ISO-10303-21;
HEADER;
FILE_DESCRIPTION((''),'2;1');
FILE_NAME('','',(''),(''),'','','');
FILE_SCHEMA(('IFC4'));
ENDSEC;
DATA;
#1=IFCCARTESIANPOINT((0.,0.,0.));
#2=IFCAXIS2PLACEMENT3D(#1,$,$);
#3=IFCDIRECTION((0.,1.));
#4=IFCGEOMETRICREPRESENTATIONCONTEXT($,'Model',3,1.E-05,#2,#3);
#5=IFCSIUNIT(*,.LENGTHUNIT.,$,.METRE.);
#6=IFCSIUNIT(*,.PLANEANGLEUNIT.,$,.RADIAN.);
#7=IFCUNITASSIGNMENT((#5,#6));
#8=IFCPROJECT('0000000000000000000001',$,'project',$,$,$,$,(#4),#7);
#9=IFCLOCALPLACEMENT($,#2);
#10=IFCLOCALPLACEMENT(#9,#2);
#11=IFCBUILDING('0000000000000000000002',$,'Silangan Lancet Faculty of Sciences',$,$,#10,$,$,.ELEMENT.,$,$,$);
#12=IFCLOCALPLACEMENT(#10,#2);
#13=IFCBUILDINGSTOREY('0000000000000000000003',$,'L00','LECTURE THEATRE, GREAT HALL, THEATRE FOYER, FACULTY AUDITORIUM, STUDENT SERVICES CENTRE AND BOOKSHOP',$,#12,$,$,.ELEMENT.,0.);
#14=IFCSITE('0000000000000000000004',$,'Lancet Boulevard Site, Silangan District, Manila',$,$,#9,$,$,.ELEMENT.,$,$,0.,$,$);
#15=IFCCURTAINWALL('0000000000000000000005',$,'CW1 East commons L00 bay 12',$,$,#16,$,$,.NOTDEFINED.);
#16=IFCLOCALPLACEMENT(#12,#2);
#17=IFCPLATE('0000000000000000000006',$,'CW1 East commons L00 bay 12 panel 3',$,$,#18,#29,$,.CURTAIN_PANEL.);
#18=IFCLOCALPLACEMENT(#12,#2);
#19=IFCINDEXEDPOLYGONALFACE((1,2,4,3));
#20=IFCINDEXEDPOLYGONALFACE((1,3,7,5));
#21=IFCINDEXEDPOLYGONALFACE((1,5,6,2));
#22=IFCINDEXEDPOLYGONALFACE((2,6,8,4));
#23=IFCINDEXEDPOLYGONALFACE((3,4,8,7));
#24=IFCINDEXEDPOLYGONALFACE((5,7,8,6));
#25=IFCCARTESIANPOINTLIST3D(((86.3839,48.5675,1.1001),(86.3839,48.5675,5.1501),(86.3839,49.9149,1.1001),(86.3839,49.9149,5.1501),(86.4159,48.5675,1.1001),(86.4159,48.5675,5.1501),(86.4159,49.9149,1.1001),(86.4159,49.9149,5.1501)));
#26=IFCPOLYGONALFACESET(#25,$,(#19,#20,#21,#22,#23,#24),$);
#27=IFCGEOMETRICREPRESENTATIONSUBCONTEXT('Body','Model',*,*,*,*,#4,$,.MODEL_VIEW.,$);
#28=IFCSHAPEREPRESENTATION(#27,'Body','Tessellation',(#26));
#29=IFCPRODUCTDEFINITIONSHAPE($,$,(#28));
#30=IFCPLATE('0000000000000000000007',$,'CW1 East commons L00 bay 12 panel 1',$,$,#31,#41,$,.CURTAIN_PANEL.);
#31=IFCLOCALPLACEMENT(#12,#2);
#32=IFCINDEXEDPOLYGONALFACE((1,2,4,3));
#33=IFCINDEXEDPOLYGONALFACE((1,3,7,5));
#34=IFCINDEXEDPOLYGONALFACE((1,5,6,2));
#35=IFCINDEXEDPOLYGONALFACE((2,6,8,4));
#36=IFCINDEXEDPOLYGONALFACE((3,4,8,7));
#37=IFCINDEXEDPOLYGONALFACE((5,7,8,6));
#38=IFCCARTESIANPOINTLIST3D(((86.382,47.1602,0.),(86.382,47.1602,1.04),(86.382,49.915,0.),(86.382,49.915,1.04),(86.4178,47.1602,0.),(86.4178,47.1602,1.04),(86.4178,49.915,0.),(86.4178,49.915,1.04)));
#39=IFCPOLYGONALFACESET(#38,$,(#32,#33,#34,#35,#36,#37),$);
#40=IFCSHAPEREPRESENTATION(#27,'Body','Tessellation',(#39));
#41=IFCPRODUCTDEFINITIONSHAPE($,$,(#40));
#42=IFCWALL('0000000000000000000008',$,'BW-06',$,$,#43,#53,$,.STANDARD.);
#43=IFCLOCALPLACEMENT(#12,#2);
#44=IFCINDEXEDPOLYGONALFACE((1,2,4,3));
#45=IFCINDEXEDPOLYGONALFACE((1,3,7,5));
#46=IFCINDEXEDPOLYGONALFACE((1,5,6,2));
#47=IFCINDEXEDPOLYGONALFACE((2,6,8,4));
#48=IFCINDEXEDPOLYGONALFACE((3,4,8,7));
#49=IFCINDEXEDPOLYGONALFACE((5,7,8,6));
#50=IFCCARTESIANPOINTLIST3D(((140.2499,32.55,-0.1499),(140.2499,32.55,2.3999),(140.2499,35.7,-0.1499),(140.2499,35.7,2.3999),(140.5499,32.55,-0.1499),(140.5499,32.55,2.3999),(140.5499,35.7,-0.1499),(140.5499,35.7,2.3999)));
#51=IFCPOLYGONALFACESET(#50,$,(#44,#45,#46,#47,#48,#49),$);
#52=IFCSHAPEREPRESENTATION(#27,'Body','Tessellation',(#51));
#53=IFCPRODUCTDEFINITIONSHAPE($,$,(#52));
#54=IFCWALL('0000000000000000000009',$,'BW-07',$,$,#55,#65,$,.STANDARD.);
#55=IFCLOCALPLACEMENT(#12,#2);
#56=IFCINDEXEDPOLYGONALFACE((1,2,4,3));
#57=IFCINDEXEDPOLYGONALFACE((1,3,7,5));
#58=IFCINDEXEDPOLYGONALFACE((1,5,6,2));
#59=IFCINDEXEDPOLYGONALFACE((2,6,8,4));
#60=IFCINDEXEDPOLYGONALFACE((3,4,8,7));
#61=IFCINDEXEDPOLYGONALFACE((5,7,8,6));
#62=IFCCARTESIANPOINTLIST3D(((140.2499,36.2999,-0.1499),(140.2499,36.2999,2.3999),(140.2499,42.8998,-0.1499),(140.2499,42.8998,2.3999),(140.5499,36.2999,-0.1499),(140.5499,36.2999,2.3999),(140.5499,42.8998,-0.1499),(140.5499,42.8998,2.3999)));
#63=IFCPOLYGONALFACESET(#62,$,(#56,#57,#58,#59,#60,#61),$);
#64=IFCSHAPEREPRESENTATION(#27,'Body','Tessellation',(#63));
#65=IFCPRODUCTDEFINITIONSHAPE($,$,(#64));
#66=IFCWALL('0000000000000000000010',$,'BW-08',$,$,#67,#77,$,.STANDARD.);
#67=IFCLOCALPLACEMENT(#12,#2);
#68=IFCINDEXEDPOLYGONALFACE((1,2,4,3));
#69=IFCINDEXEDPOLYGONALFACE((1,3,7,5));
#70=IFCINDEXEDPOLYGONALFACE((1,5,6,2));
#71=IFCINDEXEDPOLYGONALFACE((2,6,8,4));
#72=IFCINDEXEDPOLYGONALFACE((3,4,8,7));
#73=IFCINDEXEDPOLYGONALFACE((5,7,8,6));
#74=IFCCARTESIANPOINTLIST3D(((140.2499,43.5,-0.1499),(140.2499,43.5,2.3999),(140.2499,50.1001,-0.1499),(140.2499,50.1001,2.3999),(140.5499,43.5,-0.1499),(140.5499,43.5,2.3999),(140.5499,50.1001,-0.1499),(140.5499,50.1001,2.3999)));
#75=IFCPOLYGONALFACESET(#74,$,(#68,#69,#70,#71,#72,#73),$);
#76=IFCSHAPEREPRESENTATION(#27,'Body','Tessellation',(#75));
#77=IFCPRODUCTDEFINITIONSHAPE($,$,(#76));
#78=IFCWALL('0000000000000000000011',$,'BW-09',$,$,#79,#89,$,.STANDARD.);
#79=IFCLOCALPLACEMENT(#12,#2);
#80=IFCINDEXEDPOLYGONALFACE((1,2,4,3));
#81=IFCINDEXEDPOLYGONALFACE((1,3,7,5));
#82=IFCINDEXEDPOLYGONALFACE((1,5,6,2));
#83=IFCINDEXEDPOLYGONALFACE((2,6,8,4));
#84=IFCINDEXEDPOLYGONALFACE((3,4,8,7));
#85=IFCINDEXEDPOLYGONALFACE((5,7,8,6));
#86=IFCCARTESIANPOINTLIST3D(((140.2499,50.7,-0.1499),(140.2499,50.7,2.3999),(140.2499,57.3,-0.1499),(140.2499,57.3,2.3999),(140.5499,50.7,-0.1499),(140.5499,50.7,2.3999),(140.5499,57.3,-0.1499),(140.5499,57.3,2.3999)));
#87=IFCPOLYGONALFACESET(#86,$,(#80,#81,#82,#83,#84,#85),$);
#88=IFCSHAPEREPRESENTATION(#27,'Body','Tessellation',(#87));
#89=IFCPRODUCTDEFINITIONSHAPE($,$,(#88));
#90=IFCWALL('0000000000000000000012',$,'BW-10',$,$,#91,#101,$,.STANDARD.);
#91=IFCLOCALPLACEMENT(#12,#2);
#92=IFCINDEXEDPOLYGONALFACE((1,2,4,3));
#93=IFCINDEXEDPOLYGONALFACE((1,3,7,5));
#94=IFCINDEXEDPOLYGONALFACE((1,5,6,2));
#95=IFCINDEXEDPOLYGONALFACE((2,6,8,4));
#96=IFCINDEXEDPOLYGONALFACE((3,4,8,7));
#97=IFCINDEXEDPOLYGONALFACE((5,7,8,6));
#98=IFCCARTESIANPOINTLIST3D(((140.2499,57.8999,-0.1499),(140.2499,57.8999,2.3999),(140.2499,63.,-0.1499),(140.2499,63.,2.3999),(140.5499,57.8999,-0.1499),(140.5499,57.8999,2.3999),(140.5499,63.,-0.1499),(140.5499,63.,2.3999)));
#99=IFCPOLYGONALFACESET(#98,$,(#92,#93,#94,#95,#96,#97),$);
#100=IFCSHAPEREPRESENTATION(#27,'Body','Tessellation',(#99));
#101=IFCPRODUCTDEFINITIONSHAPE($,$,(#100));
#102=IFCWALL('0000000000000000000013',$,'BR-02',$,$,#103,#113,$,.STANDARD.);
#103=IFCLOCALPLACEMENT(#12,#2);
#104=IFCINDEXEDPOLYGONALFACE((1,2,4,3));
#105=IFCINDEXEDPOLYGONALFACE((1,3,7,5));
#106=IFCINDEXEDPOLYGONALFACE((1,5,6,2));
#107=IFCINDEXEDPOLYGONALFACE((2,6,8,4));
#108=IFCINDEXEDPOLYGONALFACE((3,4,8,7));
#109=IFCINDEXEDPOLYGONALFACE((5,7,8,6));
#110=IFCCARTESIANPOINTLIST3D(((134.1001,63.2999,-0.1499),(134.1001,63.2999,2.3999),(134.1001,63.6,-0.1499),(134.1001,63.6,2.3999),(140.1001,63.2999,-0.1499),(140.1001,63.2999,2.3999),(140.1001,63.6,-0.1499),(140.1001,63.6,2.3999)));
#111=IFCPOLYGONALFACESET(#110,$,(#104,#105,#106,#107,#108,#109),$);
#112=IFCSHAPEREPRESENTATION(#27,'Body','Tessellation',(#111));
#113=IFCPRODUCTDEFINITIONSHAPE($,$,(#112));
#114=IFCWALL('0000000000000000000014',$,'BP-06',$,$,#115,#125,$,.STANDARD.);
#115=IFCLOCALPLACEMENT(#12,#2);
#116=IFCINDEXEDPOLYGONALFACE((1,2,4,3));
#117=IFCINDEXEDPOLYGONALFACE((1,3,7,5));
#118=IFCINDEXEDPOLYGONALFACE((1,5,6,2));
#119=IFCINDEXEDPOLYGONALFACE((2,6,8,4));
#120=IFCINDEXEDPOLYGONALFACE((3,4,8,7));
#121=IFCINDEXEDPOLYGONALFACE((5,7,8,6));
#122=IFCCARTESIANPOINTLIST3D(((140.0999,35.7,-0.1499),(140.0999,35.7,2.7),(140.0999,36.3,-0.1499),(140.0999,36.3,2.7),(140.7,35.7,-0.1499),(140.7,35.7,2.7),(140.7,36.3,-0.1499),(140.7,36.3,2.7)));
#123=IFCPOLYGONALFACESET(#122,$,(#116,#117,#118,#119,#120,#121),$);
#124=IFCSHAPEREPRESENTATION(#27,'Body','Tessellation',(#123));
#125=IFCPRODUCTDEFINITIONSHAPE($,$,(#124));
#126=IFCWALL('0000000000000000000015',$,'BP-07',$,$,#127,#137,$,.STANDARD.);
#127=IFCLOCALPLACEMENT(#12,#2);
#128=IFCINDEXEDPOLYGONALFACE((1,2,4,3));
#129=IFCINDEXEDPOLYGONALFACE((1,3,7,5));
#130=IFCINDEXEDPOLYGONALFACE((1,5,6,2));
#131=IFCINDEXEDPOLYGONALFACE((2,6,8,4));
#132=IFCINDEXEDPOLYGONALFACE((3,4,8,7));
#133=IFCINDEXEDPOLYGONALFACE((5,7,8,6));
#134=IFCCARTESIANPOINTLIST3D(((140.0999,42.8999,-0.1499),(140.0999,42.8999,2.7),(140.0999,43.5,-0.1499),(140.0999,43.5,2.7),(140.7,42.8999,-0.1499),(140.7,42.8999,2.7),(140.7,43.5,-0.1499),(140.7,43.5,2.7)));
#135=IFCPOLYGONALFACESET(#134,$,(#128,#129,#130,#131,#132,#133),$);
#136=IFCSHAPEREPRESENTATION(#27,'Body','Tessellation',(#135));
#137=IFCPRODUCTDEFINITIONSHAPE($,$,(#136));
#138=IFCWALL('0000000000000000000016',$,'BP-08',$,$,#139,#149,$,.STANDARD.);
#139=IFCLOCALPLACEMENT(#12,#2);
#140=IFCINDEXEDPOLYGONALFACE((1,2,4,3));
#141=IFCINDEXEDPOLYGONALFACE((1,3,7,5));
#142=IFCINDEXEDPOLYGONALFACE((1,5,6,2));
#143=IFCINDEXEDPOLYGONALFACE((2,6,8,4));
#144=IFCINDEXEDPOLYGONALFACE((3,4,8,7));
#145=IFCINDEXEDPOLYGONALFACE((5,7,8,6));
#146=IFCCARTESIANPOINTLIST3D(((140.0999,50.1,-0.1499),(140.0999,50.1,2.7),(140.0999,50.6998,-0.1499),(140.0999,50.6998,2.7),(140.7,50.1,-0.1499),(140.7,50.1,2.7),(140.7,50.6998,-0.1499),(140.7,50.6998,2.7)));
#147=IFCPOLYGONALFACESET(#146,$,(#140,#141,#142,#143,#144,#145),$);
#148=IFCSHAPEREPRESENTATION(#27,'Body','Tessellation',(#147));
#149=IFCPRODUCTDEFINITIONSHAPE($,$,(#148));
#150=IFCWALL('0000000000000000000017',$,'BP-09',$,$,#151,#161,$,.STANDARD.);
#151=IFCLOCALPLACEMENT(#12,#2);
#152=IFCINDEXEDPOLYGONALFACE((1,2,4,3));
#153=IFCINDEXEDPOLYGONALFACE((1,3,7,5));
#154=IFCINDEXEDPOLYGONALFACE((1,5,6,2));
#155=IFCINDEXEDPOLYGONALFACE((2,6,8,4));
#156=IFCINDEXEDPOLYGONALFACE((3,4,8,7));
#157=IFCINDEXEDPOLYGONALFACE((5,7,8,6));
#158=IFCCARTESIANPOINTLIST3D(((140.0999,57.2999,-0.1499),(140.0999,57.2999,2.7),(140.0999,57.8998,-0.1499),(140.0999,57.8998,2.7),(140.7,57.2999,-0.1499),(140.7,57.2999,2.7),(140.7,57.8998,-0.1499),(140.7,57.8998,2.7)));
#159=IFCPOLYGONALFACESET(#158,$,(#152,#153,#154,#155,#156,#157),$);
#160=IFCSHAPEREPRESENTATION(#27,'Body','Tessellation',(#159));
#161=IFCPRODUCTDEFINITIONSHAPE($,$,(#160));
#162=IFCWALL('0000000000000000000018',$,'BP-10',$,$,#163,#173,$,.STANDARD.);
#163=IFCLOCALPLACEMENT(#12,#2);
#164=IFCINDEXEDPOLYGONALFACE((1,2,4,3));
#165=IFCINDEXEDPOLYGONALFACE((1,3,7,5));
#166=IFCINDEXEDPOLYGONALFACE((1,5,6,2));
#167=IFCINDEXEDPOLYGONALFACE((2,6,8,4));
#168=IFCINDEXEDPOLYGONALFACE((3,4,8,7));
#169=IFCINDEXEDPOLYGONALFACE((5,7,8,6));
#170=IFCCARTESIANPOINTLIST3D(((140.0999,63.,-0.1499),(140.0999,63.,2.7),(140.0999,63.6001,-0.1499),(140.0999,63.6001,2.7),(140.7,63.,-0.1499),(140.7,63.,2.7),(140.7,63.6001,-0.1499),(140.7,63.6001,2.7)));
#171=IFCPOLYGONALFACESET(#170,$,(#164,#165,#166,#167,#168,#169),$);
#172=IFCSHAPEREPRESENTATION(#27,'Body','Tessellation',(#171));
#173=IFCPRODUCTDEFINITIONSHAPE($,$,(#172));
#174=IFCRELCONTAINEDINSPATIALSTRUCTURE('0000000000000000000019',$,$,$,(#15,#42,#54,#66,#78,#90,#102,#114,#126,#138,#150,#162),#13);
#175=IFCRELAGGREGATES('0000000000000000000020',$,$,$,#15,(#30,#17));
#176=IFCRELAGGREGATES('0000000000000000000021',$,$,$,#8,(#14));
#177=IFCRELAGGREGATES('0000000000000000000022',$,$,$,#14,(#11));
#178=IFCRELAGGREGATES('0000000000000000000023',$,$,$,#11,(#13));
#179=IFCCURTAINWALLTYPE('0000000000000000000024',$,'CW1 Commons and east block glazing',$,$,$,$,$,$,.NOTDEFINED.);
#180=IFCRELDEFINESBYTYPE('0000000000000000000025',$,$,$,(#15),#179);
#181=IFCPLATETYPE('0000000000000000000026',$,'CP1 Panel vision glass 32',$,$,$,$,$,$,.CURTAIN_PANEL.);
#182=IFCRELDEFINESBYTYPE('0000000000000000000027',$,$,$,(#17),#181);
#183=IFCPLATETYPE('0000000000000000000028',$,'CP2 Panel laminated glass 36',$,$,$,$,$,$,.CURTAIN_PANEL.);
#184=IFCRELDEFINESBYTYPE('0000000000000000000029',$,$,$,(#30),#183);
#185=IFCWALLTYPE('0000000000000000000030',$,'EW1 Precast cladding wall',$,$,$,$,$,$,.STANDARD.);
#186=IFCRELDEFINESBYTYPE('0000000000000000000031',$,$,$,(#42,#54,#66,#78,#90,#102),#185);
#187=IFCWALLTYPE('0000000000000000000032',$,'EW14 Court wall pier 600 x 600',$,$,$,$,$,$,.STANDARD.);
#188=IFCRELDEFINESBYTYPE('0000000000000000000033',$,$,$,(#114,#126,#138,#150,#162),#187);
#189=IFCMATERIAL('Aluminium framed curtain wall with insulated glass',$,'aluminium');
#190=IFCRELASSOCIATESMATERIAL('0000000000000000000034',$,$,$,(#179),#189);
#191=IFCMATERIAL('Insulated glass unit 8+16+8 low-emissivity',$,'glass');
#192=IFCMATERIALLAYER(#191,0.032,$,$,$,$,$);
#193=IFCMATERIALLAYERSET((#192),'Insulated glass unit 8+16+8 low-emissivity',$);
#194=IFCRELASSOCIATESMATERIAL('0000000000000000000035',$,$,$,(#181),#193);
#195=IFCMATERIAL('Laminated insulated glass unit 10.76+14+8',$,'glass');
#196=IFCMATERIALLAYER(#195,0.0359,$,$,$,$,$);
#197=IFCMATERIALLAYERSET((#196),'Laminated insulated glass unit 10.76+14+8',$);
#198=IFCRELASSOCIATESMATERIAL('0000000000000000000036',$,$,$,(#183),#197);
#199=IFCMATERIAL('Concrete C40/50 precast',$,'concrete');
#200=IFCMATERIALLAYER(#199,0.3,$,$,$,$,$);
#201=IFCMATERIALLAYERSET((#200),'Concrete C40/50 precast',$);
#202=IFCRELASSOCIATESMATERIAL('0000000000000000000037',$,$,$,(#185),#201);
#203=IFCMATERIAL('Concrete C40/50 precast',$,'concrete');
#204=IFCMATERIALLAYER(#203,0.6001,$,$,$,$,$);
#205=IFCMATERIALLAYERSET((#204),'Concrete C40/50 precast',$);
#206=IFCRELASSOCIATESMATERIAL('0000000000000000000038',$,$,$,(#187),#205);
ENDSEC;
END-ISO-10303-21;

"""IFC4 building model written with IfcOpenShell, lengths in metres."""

from ifc_helpers import new_model, si_unit, direction, frame, frame_2d, origin, origin_2d, place, context, subcontext, project, spatial, rectangle, extrude, material, layer, layer_set, type_object, element, aggregate, save


model = new_model("IFC4")

# Units and contexts
model_context = context("Model", 3, precision=1e-05, world=origin(), true_north=direction((0.0, 1.0)))
body_context = subcontext(model_context, "Body", "Model", "MODEL_VIEW")
ifc_project = project(units=[si_unit("LENGTHUNIT", "METRE"), si_unit("PLANEANGLEUNIT", "RADIAN")], contexts=[model_context])

# Site, building, storey
site_placement = place(None, origin())
site = spatial("IfcSite", under=ifc_project, at=site_placement, Name="Lancet Boulevard Site, Silangan District, Manila", CompositionType="ELEMENT", RefElevation=0.0)
building_placement = place(site_placement, origin())
building = spatial("IfcBuilding", under=site, at=building_placement, Name="Silangan Lancet Faculty of Sciences", CompositionType="ELEMENT")
storey_placement = place(building_placement, origin())
storey = spatial("IfcBuildingStorey", under=building, at=storey_placement, Name="L00", Description="LECTURE THEATRE, GREAT HALL, THEATRE FOYER, FACULTY AUDITORIUM, STUDENT SERVICES CENTRE AND BOOKSHOP", CompositionType="ELEMENT", Elevation=0.0)

# Curtain wall, plates
ifc_material_1 = material(Name="Aluminium framed curtain wall with insulated glass", Category="aluminium")
curtain_wall_type = type_object("IfcCurtainWallType", Name="CW1 Commons and east block glazing", PredefinedType="NOTDEFINED", material=ifc_material_1)
curtain_wall_placement = place(storey_placement, origin())
curtain_wall = element("IfcCurtainWall", 1, at=curtain_wall_placement, inside=storey, type_object=curtain_wall_type, Name="CW1 East commons L00 bay 12", PredefinedType="NOTDEFINED")
ifc_material_2 = material(Name="Insulated glass unit 8+16+8 low-emissivity", Category="glass")
ifc_layer_1 = layer(ifc_material_2, 0.032)
ifc_layer_set_1 = layer_set([ifc_layer_1], Name="Insulated glass unit 8+16+8 low-emissivity")
plate_type_1 = type_object("IfcPlateType", Name="CP1 Panel vision glass 32", PredefinedType="CURTAIN_PANEL", material=ifc_layer_set_1)
plate_1_placement = place(storey_placement, frame((86.3999, 49.2412, 1.1001), z_axis=(0.0, 0.0, 1.0), x_axis=(0.0, 1.0, 0.0)))
plate_1 = element("IfcPlate", 2, at=plate_1_placement, type_object=plate_type_1, Name="CW1 East commons L00 bay 12 panel 3", PredefinedType="CURTAIN_PANEL", context=body_context, shape_type="SweptSolid", body=[
    extrude(rectangle(XDim=1.3474, YDim=0.032, at=origin_2d()), origin(), (0.0, 0.0, 1.0), 4.05),
])
ifc_material_3 = material(Name="Laminated insulated glass unit 10.76+14+8", Category="glass")
ifc_layer_2 = layer(ifc_material_3, 0.0359)
ifc_layer_set_2 = layer_set([ifc_layer_2], Name="Laminated insulated glass unit 10.76+14+8")
plate_type_2 = type_object("IfcPlateType", Name="CP2 Panel laminated glass 36", PredefinedType="CURTAIN_PANEL", material=ifc_layer_set_2)
plate_2_placement = place(storey_placement, frame((86.3999, 48.5376, 0.0), z_axis=(0.0, 0.0, 1.0), x_axis=(0.0, 1.0, 0.0)))
plate_2 = element("IfcPlate", 3, at=plate_2_placement, type_object=plate_type_2, Name="CW1 East commons L00 bay 12 panel 1", PredefinedType="CURTAIN_PANEL", context=body_context, shape_type="SweptSolid", body=[
    extrude(rectangle(XDim=2.7549, YDim=0.0359, at=origin_2d()), origin(), (0.0, 0.0, 1.0), 1.04),
])
aggregate(curtain_wall, [plate_2, plate_1])

# Walls
ifc_material_4 = material(Name="Concrete C40/50 precast", Category="concrete")
ifc_layer_3 = layer(ifc_material_4, 0.3)
ifc_layer_set_3 = layer_set([ifc_layer_3], Name="Concrete C40/50 precast")
wall_type_1 = type_object("IfcWallType", Name="EW1 Precast cladding wall", PredefinedType="STANDARD", material=ifc_layer_set_3)
wall_1_placement = place(storey_placement, frame((140.3999, 32.55, -0.1499), z_axis=(0.0, 0.0, 1.0), x_axis=(0.0, 1.0, 0.0)))
element("IfcWall", 4, at=wall_1_placement, inside=storey, type_object=wall_type_1, Name="BW-06", PredefinedType="STANDARD", context=body_context, shape_type="SweptSolid", body=[
    extrude(rectangle(XDim=3.1499, YDim=0.3, at=frame_2d((1.575, 0.0))), origin(), (0.0, 0.0, 1.0), 2.5498),
])
wall_2_placement = place(storey_placement, frame((140.3999, 36.3, -0.1499), z_axis=(0.0, 0.0, 1.0), x_axis=(0.0, 1.0, 0.0)))
element("IfcWall", 5, at=wall_2_placement, inside=storey, type_object=wall_type_1, Name="BW-07", PredefinedType="STANDARD", context=body_context, shape_type="SweptSolid", body=[
    extrude(rectangle(XDim=6.5999, YDim=0.3, at=frame_2d((3.2998, 0.0))), origin(), (0.0, 0.0, 1.0), 2.5498),
])
for number, where, z_axis, x_axis, name in (
    (6, (140.3999, 43.5, -0.1499), (0.0, 0.0, 1.0), (0.0, 1.0, 0.0), "BW-08"),
    (7, (140.3999, 50.7, -0.1499), (0.0, 0.0, 1.0), (0.0, 1.0, 0.0), "BW-09"),
):
    element("IfcWall", number, at=place(storey_placement, frame(where, z_axis=z_axis, x_axis=x_axis)), inside=storey, type_object=wall_type_1, Name=name, PredefinedType="STANDARD", context=body_context, shape_type="SweptSolid", body=[
        extrude(rectangle(XDim=6.6001, YDim=0.3, at=frame_2d((3.3, 0.0))), origin(), (0.0, 0.0, 1.0), 2.5498),
    ])
wall_3_placement = place(storey_placement, frame((140.3999, 57.8999, -0.1499), z_axis=(0.0, 0.0, 1.0), x_axis=(0.0, 1.0, 0.0)))
element("IfcWall", 8, at=wall_3_placement, inside=storey, type_object=wall_type_1, Name="BW-10", PredefinedType="STANDARD", context=body_context, shape_type="SweptSolid", body=[
    extrude(rectangle(XDim=5.1001, YDim=0.3, at=frame_2d((2.55, 0.0))), origin(), (0.0, 0.0, 1.0), 2.5498),
])
wall_4_placement = place(storey_placement, frame((134.1001, 63.45, -0.1499), z_axis=(0.0, 0.0, 1.0), x_axis=(1.0, 0.0, 0.0)))
element("IfcWall", 9, at=wall_4_placement, inside=storey, type_object=wall_type_1, Name="BR-02", PredefinedType="STANDARD", context=body_context, shape_type="SweptSolid", body=[
    extrude(rectangle(XDim=6.0, YDim=0.3, at=frame_2d((3.0, 0.0))), origin(), (0.0, 0.0, 1.0), 2.5498),
])
ifc_material_5 = material(Name="Concrete C40/50 precast", Category="concrete")
ifc_layer_4 = layer(ifc_material_5, 0.6001)
ifc_layer_set_4 = layer_set([ifc_layer_4], Name="Concrete C40/50 precast")
wall_type_2 = type_object("IfcWallType", Name="EW14 Court wall pier 600 x 600", PredefinedType="STANDARD", material=ifc_layer_set_4)
for number, where, z_axis, x_axis, name in (
    (10, (140.3999, 35.7, -0.1499), (0.0, 0.0, 1.0), (0.0, 1.0, 0.0), "BP-06"),
    (11, (140.3999, 42.8999, -0.1499), (0.0, 0.0, 1.0), (0.0, 1.0, 0.0), "BP-07"),
):
    element("IfcWall", number, at=place(storey_placement, frame(where, z_axis=z_axis, x_axis=x_axis)), inside=storey, type_object=wall_type_2, Name=name, PredefinedType="STANDARD", context=body_context, shape_type="SweptSolid", body=[
        extrude(rectangle(XDim=0.6001, YDim=0.6001, at=frame_2d((0.3, 0.0))), origin(), (0.0, 0.0, 1.0), 2.8499),
    ])
for number, where, z_axis, x_axis, name in (
    (12, (140.3999, 50.1001, -0.1499), (0.0, 0.0, 1.0), (0.0, 1.0, 0.0), "BP-08"),
    (13, (140.3999, 57.3, -0.1499), (0.0, 0.0, 1.0), (0.0, 1.0, 0.0), "BP-09"),
):
    element("IfcWall", number, at=place(storey_placement, frame(where, z_axis=z_axis, x_axis=x_axis)), inside=storey, type_object=wall_type_2, Name=name, PredefinedType="STANDARD", context=body_context, shape_type="SweptSolid", body=[
        extrude(rectangle(XDim=0.5999, YDim=0.6001, at=frame_2d((0.2998, 0.0))), origin(), (0.0, 0.0, 1.0), 2.8499),
    ])
wall_5_placement = place(storey_placement, frame((140.3999, 63.0, -0.1499), z_axis=(0.0, 0.0, 1.0), x_axis=(0.0, 1.0, 0.0)))
element("IfcWall", 14, at=wall_5_placement, inside=storey, type_object=wall_type_2, Name="BP-10", PredefinedType="STANDARD", context=body_context, shape_type="SweptSolid", body=[
    extrude(rectangle(XDim=0.6001, YDim=0.6001, at=frame_2d((0.3, 0.0))), origin(), (0.0, 0.0, 1.0), 2.8499),
])

save(model, "model.ifc")
